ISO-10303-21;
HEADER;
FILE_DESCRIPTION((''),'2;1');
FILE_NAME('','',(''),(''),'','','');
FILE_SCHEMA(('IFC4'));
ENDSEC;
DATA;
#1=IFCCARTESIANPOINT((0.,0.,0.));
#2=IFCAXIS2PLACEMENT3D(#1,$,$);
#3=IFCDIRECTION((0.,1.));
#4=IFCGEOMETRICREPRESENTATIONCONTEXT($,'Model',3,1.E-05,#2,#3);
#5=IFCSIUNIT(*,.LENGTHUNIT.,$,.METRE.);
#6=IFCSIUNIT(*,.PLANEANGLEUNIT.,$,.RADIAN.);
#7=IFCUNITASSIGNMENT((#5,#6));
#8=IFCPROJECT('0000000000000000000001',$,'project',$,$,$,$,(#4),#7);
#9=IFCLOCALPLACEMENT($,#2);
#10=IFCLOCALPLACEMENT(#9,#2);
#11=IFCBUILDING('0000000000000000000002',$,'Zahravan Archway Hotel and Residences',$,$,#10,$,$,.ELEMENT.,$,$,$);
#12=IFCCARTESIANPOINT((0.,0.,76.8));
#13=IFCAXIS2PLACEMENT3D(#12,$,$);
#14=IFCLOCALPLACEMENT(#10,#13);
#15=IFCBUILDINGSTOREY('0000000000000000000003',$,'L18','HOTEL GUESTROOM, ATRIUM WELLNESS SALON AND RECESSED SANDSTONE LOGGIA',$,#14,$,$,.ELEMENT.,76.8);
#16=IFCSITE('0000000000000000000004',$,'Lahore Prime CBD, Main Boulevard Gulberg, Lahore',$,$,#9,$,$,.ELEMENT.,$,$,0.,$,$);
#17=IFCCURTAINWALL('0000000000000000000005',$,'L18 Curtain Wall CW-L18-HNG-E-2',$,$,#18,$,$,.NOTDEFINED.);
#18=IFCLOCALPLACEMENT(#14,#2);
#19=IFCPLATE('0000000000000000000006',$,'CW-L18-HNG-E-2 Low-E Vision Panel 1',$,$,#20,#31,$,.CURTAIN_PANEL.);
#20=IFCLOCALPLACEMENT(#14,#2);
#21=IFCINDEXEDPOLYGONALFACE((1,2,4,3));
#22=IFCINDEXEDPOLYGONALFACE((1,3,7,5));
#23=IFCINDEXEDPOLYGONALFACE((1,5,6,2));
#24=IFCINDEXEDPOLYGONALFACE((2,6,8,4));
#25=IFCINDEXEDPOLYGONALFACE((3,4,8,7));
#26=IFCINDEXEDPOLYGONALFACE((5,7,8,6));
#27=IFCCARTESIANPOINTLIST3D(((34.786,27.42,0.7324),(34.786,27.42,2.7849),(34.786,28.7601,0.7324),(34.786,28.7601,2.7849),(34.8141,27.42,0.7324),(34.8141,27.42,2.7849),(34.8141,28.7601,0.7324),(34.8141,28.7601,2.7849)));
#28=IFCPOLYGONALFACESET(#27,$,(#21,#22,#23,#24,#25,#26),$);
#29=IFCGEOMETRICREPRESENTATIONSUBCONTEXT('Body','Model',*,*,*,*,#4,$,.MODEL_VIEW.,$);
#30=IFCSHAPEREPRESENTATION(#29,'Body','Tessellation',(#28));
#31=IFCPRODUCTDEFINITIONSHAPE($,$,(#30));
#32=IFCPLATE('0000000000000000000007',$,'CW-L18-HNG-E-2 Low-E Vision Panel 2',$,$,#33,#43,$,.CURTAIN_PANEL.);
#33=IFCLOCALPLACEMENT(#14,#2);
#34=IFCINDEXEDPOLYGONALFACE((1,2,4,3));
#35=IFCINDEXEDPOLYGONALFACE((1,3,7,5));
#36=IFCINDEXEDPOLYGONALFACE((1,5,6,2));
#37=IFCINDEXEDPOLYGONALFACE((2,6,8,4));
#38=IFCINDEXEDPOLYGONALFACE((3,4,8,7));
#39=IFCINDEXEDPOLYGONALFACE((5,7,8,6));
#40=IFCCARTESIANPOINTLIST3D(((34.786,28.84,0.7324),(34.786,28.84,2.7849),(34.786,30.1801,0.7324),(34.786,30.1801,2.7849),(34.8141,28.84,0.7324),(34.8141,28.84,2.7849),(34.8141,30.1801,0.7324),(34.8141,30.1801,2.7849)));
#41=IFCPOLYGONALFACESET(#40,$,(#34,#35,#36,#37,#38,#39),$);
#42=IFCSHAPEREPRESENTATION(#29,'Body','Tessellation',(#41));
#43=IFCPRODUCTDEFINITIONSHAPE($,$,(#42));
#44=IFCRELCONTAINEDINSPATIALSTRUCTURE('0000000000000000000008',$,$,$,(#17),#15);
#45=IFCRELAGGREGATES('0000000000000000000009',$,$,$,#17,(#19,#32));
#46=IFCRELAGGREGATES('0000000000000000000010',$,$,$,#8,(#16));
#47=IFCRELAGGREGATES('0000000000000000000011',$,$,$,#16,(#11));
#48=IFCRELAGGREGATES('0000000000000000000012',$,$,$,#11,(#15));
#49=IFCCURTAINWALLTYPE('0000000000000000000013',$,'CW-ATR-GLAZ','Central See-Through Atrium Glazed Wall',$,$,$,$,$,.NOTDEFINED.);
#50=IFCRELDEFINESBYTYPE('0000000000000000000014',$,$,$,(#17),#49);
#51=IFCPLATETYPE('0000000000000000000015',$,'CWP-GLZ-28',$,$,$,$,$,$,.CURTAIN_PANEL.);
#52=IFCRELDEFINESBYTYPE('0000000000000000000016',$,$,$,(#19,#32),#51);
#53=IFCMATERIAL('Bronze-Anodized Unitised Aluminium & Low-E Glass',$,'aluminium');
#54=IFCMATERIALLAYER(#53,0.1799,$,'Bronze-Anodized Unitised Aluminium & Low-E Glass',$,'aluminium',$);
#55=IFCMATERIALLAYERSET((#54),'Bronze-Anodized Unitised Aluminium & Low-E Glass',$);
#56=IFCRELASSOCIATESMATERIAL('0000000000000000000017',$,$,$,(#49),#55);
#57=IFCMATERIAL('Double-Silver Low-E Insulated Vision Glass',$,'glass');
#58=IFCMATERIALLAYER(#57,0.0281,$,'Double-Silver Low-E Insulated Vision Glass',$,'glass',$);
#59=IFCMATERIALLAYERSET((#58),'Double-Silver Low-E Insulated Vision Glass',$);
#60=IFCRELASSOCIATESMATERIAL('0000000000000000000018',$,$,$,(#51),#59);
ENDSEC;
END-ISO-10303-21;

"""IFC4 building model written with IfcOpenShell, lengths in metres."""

from ifc_helpers import new_model, si_unit, direction, frame, origin, origin_2d, place, context, subcontext, project, spatial, rectangle, extrude, source, transform, mapped, material, layer, layer_set, type_object, element, aggregate, save


model = new_model("IFC4")

# Units and contexts
model_context = context("Model", 3, precision=1e-05, world=origin(), true_north=direction((0.0, 1.0)))
body_context = subcontext(model_context, "Body", "Model", "MODEL_VIEW")
ifc_project = project(units=[si_unit("LENGTHUNIT", "METRE"), si_unit("PLANEANGLEUNIT", "RADIAN")], contexts=[model_context])

# Site, building, storey
site_placement = place(None, origin())
site = spatial("IfcSite", under=ifc_project, at=site_placement, Name="Lahore Prime CBD, Main Boulevard Gulberg, Lahore", CompositionType="ELEMENT", RefElevation=0.0)
building_placement = place(site_placement, origin())
building = spatial("IfcBuilding", under=site, at=building_placement, Name="Zahravan Archway Hotel and Residences", CompositionType="ELEMENT")
storey_placement = place(building_placement, frame((0.0, 0.0, 76.8)))
storey = spatial("IfcBuildingStorey", under=building, at=storey_placement, Name="L18", Description="HOTEL GUESTROOM, ATRIUM WELLNESS SALON AND RECESSED SANDSTONE LOGGIA", CompositionType="ELEMENT", Elevation=76.8)

# Curtain wall, plates
ifc_material_1 = material(Name="Bronze-Anodized Unitised Aluminium & Low-E Glass", Category="aluminium")
ifc_layer_1 = layer(ifc_material_1, 0.1799, Name="Bronze-Anodized Unitised Aluminium & Low-E Glass", Category="aluminium")
ifc_layer_set_1 = layer_set([ifc_layer_1], Name="Bronze-Anodized Unitised Aluminium & Low-E Glass")
curtain_wall_type = type_object("IfcCurtainWallType", Name="CW-ATR-GLAZ", Description="Central See-Through Atrium Glazed Wall", PredefinedType="NOTDEFINED", material=ifc_layer_set_1)
curtain_wall_placement = place(storey_placement, origin())
curtain_wall = element("IfcCurtainWall", 1, at=curtain_wall_placement, inside=storey, type_object=curtain_wall_type, Name="L18 Curtain Wall CW-L18-HNG-E-2", PredefinedType="NOTDEFINED")
ifc_material_2 = material(Name="Double-Silver Low-E Insulated Vision Glass", Category="glass")
ifc_layer_2 = layer(ifc_material_2, 0.0281, Name="Double-Silver Low-E Insulated Vision Glass", Category="glass")
ifc_layer_set_2 = layer_set([ifc_layer_2], Name="Double-Silver Low-E Insulated Vision Glass")
plate_type_1 = type_object("IfcPlateType", Name="CWP-GLZ-28", PredefinedType="CURTAIN_PANEL", material=ifc_layer_set_2)
shared_shape_1 = source(origin(), body_context, "Body", "SweptSolid", [
    extrude(rectangle(XDim=1.3401, YDim=0.0281, at=origin_2d()), origin(), (0.0, 0.0, 1.0), 2.0525),
])
plate_1_placement = place(storey_placement, frame((34.8, 28.0901, 0.7324), z_axis=(0.0, 0.0, 1.0), x_axis=(0.0, 1.0, 0.0)))
plate_1 = element("IfcPlate", 2, at=plate_1_placement, type_object=plate_type_1, Name="CW-L18-HNG-E-2 Low-E Vision Panel 1", PredefinedType="CURTAIN_PANEL", context=body_context, shape_type="MappedRepresentation", body=[
    mapped(shared_shape_1, transform((0.0, 0.0, 0.0), scale=1.0)),
])
plate_2_placement = place(storey_placement, frame((34.8, 29.51, 0.7324), z_axis=(0.0, 0.0, 1.0), x_axis=(0.0, 1.0, 0.0)))
plate_2 = element("IfcPlate", 3, at=plate_2_placement, type_object=plate_type_1, Name="CW-L18-HNG-E-2 Low-E Vision Panel 2", PredefinedType="CURTAIN_PANEL", context=body_context, shape_type="MappedRepresentation", body=[
    mapped(shared_shape_1, transform((0.0, 0.0, 0.0), scale=1.0)),
])
aggregate(curtain_wall, [plate_1, plate_2])

save(model, "model.ifc")
